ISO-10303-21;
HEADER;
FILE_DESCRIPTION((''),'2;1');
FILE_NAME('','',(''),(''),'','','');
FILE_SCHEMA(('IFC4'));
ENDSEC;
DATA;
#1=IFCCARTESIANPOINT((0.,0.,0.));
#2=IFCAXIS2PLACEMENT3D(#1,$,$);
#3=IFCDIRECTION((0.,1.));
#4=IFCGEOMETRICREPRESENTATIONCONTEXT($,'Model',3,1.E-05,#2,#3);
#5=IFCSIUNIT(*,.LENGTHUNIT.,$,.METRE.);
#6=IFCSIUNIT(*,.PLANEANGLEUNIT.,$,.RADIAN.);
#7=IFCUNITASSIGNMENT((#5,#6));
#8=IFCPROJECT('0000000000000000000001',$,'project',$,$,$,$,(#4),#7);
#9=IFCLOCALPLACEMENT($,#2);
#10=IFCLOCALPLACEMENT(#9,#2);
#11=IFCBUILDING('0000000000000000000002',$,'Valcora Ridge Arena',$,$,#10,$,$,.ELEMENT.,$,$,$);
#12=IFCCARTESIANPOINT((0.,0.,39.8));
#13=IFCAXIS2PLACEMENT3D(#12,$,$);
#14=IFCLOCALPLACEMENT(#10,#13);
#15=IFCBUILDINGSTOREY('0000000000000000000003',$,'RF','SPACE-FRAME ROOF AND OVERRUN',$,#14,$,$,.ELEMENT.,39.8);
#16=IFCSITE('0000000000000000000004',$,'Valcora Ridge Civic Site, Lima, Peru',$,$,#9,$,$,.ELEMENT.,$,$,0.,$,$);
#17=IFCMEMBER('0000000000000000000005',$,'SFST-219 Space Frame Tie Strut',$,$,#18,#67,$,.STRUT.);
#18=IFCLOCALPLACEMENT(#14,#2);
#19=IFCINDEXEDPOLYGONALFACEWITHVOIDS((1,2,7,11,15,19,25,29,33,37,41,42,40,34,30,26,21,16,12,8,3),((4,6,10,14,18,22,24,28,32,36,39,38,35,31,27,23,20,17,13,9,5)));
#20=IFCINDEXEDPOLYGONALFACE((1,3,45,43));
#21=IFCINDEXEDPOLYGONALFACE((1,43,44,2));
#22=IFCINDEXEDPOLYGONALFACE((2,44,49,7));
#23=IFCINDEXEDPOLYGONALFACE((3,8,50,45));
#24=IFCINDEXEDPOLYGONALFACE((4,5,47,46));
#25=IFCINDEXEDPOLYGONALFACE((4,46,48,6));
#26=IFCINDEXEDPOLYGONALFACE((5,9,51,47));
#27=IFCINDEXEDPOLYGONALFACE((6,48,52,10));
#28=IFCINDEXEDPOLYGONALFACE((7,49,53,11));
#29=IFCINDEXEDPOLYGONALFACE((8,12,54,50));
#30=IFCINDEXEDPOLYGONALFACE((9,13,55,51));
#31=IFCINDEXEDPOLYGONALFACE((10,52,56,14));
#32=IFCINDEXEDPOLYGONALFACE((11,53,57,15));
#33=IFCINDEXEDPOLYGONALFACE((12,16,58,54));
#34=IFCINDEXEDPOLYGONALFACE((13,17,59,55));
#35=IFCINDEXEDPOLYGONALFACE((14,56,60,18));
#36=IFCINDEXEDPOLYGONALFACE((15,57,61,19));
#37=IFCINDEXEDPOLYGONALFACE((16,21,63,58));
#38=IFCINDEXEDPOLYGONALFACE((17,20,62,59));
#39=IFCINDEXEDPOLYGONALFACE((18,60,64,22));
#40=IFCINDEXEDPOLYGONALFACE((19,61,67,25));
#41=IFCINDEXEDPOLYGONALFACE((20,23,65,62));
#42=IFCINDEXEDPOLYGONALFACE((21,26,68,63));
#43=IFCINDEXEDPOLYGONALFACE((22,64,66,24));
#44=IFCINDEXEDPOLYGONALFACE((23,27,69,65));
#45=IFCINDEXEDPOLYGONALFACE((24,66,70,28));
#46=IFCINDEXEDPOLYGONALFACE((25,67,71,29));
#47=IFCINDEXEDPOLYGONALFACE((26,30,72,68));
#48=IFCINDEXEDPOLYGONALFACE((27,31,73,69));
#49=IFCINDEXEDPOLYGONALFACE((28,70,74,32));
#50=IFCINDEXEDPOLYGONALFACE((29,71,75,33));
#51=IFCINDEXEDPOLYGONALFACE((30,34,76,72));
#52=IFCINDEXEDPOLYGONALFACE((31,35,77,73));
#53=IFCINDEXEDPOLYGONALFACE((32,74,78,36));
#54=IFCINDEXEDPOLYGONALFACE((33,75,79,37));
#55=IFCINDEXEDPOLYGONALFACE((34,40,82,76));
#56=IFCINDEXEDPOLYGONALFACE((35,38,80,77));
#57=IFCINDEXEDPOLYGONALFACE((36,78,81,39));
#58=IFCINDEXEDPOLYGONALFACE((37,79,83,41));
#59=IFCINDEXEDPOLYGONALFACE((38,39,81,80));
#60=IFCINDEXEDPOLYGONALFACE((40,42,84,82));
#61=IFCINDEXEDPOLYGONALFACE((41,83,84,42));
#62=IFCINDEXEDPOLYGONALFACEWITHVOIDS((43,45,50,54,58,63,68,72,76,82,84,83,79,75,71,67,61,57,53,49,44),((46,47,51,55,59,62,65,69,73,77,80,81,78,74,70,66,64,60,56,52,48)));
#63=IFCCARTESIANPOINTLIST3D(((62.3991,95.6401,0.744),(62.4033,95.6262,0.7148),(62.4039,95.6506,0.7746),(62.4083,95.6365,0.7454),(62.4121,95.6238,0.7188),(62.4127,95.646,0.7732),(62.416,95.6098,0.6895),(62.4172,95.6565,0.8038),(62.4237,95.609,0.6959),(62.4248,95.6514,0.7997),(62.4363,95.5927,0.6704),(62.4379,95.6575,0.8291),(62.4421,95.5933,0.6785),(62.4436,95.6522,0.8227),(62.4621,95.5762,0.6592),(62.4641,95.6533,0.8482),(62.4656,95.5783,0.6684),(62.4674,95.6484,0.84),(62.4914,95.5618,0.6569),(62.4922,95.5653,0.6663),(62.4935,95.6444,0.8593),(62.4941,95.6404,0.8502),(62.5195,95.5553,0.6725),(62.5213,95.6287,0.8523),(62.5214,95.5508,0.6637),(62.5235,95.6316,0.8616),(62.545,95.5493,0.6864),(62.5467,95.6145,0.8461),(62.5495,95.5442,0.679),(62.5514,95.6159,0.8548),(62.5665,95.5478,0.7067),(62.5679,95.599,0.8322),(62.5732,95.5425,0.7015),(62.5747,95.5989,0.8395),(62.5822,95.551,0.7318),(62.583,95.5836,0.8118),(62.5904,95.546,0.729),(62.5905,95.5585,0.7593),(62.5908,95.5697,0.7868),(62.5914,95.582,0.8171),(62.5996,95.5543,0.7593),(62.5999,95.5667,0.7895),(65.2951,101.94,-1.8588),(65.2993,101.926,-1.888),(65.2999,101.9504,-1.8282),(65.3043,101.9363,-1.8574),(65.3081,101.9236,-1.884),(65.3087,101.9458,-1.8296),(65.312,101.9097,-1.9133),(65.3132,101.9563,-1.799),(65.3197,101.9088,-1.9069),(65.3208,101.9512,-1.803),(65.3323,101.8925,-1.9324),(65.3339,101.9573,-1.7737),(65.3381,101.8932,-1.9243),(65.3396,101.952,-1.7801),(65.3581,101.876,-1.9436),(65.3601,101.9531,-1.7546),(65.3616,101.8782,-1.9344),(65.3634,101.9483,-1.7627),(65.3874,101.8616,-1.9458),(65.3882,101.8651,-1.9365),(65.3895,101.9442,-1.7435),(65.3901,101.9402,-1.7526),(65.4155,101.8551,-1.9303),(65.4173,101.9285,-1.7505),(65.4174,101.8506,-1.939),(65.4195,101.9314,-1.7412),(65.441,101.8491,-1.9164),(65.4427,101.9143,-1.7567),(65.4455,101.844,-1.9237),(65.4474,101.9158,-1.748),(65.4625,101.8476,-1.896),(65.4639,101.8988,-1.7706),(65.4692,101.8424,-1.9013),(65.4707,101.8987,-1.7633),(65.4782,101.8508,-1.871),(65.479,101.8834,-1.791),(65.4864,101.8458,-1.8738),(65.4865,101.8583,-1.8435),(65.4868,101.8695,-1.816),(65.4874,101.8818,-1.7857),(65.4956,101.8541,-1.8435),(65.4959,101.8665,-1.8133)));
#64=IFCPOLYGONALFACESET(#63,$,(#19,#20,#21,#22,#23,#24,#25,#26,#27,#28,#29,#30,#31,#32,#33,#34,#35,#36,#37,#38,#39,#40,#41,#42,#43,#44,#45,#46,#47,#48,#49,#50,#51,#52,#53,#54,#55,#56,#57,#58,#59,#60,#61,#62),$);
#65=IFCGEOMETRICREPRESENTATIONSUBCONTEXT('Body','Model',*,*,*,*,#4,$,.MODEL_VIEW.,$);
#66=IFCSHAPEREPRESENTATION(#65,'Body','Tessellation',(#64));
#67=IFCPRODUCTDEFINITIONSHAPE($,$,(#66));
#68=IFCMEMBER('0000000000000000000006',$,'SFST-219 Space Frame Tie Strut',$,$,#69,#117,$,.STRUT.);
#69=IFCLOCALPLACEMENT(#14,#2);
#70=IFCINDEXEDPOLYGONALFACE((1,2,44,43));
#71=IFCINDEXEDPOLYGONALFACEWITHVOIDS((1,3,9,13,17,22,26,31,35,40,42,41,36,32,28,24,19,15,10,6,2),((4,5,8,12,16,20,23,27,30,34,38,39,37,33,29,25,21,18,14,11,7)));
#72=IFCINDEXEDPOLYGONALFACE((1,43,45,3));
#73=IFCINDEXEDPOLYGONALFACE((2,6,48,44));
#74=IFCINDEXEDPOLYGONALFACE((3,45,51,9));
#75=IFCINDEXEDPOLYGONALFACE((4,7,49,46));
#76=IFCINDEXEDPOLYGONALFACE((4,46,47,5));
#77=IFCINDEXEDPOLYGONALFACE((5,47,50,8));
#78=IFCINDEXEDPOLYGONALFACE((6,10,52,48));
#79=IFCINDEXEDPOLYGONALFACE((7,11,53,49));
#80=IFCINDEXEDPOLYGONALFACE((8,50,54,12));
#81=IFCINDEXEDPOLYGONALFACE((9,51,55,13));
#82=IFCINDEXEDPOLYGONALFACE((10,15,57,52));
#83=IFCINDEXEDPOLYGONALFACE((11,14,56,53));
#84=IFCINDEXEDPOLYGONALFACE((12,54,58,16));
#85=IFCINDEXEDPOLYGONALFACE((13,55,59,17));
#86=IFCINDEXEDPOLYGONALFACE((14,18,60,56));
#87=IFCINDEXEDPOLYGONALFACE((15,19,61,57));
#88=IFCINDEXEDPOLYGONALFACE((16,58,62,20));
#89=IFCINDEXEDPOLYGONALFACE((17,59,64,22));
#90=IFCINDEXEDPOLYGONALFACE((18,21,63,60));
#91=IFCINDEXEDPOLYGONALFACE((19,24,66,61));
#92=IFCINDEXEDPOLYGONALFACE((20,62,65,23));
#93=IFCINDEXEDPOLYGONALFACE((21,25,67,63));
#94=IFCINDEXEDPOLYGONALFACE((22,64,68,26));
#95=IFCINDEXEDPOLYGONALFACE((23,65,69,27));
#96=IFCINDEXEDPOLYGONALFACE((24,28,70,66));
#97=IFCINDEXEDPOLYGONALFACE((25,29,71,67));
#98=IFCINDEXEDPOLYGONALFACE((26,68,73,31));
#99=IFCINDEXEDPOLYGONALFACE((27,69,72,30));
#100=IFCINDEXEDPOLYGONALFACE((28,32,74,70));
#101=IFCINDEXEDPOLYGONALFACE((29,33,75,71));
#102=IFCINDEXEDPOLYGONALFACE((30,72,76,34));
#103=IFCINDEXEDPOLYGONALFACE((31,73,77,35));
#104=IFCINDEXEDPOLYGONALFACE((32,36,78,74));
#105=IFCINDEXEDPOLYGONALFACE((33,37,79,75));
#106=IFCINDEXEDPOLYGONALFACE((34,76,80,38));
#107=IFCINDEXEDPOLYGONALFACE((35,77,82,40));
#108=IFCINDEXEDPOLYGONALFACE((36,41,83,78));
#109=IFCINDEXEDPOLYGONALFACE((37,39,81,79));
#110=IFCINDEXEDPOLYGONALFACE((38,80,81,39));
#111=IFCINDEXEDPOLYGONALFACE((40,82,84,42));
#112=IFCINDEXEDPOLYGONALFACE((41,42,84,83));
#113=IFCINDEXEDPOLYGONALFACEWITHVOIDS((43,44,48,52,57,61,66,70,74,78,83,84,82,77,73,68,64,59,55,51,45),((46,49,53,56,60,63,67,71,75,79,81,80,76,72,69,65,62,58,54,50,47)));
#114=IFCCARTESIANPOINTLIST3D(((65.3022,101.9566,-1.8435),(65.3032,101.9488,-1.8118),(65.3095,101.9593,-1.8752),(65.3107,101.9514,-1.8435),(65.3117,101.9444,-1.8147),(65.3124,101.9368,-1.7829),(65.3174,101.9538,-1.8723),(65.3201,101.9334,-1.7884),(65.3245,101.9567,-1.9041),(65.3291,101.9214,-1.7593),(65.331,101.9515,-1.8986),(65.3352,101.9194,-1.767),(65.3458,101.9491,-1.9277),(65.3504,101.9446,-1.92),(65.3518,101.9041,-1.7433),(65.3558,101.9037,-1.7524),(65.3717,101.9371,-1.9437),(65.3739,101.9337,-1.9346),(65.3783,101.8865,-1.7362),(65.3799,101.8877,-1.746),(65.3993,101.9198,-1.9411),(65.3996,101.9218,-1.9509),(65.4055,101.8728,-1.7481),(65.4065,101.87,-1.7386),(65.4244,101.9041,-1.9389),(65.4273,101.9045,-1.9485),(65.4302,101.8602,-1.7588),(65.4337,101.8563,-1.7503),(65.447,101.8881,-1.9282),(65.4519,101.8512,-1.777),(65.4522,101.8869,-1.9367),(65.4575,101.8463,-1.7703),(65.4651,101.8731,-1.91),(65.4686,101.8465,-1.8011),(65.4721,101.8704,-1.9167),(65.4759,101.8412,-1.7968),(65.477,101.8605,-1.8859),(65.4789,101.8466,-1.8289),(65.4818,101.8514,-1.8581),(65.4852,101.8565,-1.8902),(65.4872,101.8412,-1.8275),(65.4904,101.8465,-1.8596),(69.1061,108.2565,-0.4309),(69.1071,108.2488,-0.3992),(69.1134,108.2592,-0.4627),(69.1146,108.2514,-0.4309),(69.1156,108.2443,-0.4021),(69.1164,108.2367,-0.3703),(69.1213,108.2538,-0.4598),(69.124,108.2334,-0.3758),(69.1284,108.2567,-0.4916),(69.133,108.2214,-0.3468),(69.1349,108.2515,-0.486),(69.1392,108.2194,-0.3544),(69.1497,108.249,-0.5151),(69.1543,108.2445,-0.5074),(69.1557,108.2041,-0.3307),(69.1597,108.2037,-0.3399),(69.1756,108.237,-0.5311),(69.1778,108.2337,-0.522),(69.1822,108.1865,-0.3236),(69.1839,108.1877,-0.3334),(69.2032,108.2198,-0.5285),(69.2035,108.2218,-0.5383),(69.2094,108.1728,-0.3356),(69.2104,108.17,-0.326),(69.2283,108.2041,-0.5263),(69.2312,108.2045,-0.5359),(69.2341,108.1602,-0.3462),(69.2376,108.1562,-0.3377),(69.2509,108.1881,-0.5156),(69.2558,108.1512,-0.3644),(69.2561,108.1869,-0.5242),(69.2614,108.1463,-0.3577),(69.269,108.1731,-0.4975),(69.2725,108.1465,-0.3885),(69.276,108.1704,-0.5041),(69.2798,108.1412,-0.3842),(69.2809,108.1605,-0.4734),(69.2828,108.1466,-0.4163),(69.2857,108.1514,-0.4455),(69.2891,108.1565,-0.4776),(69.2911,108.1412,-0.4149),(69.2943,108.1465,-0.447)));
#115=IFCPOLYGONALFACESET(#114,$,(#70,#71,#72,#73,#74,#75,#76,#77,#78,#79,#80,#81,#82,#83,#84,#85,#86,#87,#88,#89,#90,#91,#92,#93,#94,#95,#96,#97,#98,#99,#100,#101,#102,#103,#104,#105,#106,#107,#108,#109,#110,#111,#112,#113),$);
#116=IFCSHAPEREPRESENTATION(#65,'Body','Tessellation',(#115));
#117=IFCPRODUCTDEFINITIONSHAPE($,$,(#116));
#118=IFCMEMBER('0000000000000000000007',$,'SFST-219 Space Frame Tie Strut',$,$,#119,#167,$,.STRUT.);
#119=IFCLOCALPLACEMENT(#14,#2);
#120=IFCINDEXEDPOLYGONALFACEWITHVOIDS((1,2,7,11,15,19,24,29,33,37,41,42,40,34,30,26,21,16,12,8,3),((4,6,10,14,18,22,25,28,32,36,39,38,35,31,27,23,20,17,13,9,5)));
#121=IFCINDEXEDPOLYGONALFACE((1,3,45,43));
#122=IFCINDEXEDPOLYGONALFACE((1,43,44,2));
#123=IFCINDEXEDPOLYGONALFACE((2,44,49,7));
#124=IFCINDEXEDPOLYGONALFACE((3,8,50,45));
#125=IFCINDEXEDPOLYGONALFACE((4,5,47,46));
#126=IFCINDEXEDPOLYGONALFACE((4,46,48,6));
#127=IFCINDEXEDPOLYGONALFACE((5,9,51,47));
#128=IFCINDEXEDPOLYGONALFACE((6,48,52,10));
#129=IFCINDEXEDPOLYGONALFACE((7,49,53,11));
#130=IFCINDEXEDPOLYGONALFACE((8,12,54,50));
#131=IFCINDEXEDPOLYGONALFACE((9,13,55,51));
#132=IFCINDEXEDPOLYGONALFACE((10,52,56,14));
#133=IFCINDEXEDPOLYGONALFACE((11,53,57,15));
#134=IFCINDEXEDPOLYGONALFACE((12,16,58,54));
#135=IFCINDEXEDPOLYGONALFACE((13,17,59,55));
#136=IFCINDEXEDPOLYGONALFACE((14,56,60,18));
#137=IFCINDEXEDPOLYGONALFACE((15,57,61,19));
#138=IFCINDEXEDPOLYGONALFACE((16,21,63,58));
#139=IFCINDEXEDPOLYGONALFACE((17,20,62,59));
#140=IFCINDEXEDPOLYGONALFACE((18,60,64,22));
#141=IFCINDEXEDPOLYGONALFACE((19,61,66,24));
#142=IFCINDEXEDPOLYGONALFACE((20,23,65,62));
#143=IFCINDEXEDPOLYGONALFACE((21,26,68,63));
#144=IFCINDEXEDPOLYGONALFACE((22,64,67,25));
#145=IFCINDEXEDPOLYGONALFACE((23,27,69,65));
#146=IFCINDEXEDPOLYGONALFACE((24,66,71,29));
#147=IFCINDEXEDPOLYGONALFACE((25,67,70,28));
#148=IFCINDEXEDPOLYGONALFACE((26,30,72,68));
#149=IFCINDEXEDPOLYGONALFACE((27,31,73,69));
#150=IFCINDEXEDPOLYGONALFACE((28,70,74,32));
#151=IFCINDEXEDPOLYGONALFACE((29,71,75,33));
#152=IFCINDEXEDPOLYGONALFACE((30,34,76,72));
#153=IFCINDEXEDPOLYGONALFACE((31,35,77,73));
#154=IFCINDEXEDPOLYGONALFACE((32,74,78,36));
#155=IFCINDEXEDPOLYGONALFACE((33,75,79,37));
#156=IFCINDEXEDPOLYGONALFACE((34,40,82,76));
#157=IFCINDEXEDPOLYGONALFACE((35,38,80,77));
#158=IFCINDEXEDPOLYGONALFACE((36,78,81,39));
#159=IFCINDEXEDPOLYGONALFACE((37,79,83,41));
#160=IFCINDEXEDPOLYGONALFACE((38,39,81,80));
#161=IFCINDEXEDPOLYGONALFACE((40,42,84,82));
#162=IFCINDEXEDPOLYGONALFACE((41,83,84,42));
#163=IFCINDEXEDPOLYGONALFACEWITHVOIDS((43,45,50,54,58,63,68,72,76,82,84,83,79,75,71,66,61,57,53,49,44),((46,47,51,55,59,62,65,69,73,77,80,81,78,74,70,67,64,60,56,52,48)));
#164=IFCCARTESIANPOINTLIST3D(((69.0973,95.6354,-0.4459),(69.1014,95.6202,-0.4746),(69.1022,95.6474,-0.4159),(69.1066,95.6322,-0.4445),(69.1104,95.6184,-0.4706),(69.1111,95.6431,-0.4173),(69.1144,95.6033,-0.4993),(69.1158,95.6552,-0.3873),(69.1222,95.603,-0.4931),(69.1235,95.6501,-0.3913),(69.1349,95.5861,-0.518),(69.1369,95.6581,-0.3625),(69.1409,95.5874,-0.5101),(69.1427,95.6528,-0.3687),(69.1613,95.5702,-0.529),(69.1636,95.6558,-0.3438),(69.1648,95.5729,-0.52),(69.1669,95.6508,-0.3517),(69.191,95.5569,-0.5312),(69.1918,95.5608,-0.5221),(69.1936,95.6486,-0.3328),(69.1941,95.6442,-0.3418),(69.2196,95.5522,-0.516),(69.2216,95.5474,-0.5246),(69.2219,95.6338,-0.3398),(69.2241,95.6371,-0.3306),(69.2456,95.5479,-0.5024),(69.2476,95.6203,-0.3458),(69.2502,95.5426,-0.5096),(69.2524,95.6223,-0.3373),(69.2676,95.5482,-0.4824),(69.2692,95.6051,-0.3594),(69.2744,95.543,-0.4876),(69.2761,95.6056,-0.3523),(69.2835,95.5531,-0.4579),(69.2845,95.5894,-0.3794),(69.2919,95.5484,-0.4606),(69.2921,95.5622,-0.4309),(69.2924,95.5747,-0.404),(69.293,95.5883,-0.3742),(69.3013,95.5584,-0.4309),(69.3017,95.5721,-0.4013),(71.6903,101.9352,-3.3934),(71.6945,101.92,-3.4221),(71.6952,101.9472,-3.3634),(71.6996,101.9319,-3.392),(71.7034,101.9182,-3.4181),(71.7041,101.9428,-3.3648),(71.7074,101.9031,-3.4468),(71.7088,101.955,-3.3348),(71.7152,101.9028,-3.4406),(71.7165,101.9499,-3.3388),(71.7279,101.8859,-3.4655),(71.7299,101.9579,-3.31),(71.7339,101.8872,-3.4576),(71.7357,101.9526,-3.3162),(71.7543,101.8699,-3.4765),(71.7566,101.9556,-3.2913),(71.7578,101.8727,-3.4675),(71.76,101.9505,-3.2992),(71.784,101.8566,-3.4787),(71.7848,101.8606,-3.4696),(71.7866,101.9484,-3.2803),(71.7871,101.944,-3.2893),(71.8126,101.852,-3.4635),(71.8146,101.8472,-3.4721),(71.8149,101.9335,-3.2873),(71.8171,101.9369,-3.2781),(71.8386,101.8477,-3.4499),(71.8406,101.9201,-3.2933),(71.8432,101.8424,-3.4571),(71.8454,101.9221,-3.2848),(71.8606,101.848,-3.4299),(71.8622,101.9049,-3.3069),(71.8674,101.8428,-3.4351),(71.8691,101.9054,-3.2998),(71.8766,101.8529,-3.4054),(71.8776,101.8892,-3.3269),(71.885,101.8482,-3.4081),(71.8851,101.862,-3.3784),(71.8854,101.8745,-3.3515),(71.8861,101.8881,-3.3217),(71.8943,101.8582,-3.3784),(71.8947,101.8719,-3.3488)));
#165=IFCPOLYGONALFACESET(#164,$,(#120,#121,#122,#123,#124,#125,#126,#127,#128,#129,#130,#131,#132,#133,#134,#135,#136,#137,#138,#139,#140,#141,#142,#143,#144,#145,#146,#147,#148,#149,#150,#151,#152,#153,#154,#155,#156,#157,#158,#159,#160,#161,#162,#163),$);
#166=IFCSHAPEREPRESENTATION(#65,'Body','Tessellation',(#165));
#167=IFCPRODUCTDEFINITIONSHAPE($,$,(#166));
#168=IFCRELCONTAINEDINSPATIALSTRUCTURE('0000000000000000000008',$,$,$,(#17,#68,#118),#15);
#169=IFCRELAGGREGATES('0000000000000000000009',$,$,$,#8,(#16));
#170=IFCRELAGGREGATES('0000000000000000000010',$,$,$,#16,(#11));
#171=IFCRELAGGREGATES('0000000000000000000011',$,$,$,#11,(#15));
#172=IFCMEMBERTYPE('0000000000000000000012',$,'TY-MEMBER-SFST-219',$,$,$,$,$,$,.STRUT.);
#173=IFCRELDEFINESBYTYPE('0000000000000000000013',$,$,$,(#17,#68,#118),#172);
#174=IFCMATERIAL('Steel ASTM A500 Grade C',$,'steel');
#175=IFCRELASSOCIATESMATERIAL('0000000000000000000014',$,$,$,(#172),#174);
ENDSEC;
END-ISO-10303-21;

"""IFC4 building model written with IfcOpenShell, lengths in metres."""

from ifc_helpers import new_model, si_unit, direction, frame, origin, origin_2d, place, context, subcontext, project, spatial, hollow_circle, extrude, material, material_profile, profile_set, type_object, element, save


model = new_model("IFC4")

# Units and contexts
model_context = context("Model", 3, precision=1e-05, world=origin(), true_north=direction((0.0, 1.0)))
body_context = subcontext(model_context, "Body", "Model", "MODEL_VIEW")
ifc_project = project(units=[si_unit("LENGTHUNIT", "METRE"), si_unit("PLANEANGLEUNIT", "RADIAN")], contexts=[model_context])

# Site, building, storey
site_placement = place(None, origin())
site = spatial("IfcSite", under=ifc_project, at=site_placement, Name="Valcora Ridge Civic Site, Lima, Peru", CompositionType="ELEMENT", RefElevation=0.0)
building_placement = place(site_placement, origin())
building = spatial("IfcBuilding", under=site, at=building_placement, Name="Valcora Ridge Arena", CompositionType="ELEMENT")
storey_placement = place(building_placement, frame((0.0, 0.0, 39.8)))
storey = spatial("IfcBuildingStorey", under=building, at=storey_placement, Name="RF", Description="SPACE-FRAME ROOF AND OVERRUN", CompositionType="ELEMENT", Elevation=39.8)

# Members
ifc_material_1 = material(Name="Steel ASTM A500 Grade C", Category="steel")
ifc_material_profile_1 = material_profile(ifc_material_1, hollow_circle(Radius=0.1096, WallThickness=0.01, at=origin_2d()), Name="CHS219X10")
ifc_profile_set_1 = profile_set([ifc_material_profile_1], Name="Steel ASTM A500 Grade C")
member_type_1 = type_object("IfcMemberType", Name="TY-MEMBER-SFST-219", PredefinedType="STRUT", material=ifc_profile_set_1)
member_1_placement = place(storey_placement, frame((65.396, 101.8999, -1.8435), z_axis=(-0.391034, -0.850635, 0.351443), x_axis=(0.908595, -0.417678, 0.0)))
element("IfcMember", 1, at=member_1_placement, inside=storey, type_object=member_type_1, Name="SFST-219 Space Frame Tie Strut", PredefinedType="STRUT", context=body_context, shape_type="SweptSolid", body=[
    extrude(hollow_circle(Radius=0.1096, WallThickness=0.01, at=origin_2d()), origin(), (0.0, 0.0, 1.0), 7.406),
])
member_2_placement = place(storey_placement, frame((65.396, 101.8999, -1.8435), z_axis=(0.507618, 0.840708, 0.188504), x_axis=(-0.856055, 0.516884, 0.0)))
element("IfcMember", 2, at=member_2_placement, inside=storey, type_object=member_type_1, Name="SFST-219 Space Frame Tie Strut", PredefinedType="STRUT", context=body_context, shape_type="SweptSolid", body=[
    extrude(hollow_circle(Radius=0.1096, WallThickness=0.01, at=origin_2d()), origin(), (0.0, 0.0, 1.0), 7.4937),
])
member_3_placement = place(storey_placement, frame((71.793, 101.8999, -3.3784), z_axis=(-0.349328, -0.848701, 0.397085), x_axis=(0.924731, -0.380622, 0.0)))
element("IfcMember", 3, at=member_3_placement, inside=storey, type_object=member_type_1, Name="SFST-219 Space Frame Tie Strut", PredefinedType="STRUT", context=body_context, shape_type="SweptSolid", body=[
    extrude(hollow_circle(Radius=0.1096, WallThickness=0.01, at=origin_2d()), origin(), (0.0, 0.0, 1.0), 7.4229),
])

save(model, "model.ifc")
